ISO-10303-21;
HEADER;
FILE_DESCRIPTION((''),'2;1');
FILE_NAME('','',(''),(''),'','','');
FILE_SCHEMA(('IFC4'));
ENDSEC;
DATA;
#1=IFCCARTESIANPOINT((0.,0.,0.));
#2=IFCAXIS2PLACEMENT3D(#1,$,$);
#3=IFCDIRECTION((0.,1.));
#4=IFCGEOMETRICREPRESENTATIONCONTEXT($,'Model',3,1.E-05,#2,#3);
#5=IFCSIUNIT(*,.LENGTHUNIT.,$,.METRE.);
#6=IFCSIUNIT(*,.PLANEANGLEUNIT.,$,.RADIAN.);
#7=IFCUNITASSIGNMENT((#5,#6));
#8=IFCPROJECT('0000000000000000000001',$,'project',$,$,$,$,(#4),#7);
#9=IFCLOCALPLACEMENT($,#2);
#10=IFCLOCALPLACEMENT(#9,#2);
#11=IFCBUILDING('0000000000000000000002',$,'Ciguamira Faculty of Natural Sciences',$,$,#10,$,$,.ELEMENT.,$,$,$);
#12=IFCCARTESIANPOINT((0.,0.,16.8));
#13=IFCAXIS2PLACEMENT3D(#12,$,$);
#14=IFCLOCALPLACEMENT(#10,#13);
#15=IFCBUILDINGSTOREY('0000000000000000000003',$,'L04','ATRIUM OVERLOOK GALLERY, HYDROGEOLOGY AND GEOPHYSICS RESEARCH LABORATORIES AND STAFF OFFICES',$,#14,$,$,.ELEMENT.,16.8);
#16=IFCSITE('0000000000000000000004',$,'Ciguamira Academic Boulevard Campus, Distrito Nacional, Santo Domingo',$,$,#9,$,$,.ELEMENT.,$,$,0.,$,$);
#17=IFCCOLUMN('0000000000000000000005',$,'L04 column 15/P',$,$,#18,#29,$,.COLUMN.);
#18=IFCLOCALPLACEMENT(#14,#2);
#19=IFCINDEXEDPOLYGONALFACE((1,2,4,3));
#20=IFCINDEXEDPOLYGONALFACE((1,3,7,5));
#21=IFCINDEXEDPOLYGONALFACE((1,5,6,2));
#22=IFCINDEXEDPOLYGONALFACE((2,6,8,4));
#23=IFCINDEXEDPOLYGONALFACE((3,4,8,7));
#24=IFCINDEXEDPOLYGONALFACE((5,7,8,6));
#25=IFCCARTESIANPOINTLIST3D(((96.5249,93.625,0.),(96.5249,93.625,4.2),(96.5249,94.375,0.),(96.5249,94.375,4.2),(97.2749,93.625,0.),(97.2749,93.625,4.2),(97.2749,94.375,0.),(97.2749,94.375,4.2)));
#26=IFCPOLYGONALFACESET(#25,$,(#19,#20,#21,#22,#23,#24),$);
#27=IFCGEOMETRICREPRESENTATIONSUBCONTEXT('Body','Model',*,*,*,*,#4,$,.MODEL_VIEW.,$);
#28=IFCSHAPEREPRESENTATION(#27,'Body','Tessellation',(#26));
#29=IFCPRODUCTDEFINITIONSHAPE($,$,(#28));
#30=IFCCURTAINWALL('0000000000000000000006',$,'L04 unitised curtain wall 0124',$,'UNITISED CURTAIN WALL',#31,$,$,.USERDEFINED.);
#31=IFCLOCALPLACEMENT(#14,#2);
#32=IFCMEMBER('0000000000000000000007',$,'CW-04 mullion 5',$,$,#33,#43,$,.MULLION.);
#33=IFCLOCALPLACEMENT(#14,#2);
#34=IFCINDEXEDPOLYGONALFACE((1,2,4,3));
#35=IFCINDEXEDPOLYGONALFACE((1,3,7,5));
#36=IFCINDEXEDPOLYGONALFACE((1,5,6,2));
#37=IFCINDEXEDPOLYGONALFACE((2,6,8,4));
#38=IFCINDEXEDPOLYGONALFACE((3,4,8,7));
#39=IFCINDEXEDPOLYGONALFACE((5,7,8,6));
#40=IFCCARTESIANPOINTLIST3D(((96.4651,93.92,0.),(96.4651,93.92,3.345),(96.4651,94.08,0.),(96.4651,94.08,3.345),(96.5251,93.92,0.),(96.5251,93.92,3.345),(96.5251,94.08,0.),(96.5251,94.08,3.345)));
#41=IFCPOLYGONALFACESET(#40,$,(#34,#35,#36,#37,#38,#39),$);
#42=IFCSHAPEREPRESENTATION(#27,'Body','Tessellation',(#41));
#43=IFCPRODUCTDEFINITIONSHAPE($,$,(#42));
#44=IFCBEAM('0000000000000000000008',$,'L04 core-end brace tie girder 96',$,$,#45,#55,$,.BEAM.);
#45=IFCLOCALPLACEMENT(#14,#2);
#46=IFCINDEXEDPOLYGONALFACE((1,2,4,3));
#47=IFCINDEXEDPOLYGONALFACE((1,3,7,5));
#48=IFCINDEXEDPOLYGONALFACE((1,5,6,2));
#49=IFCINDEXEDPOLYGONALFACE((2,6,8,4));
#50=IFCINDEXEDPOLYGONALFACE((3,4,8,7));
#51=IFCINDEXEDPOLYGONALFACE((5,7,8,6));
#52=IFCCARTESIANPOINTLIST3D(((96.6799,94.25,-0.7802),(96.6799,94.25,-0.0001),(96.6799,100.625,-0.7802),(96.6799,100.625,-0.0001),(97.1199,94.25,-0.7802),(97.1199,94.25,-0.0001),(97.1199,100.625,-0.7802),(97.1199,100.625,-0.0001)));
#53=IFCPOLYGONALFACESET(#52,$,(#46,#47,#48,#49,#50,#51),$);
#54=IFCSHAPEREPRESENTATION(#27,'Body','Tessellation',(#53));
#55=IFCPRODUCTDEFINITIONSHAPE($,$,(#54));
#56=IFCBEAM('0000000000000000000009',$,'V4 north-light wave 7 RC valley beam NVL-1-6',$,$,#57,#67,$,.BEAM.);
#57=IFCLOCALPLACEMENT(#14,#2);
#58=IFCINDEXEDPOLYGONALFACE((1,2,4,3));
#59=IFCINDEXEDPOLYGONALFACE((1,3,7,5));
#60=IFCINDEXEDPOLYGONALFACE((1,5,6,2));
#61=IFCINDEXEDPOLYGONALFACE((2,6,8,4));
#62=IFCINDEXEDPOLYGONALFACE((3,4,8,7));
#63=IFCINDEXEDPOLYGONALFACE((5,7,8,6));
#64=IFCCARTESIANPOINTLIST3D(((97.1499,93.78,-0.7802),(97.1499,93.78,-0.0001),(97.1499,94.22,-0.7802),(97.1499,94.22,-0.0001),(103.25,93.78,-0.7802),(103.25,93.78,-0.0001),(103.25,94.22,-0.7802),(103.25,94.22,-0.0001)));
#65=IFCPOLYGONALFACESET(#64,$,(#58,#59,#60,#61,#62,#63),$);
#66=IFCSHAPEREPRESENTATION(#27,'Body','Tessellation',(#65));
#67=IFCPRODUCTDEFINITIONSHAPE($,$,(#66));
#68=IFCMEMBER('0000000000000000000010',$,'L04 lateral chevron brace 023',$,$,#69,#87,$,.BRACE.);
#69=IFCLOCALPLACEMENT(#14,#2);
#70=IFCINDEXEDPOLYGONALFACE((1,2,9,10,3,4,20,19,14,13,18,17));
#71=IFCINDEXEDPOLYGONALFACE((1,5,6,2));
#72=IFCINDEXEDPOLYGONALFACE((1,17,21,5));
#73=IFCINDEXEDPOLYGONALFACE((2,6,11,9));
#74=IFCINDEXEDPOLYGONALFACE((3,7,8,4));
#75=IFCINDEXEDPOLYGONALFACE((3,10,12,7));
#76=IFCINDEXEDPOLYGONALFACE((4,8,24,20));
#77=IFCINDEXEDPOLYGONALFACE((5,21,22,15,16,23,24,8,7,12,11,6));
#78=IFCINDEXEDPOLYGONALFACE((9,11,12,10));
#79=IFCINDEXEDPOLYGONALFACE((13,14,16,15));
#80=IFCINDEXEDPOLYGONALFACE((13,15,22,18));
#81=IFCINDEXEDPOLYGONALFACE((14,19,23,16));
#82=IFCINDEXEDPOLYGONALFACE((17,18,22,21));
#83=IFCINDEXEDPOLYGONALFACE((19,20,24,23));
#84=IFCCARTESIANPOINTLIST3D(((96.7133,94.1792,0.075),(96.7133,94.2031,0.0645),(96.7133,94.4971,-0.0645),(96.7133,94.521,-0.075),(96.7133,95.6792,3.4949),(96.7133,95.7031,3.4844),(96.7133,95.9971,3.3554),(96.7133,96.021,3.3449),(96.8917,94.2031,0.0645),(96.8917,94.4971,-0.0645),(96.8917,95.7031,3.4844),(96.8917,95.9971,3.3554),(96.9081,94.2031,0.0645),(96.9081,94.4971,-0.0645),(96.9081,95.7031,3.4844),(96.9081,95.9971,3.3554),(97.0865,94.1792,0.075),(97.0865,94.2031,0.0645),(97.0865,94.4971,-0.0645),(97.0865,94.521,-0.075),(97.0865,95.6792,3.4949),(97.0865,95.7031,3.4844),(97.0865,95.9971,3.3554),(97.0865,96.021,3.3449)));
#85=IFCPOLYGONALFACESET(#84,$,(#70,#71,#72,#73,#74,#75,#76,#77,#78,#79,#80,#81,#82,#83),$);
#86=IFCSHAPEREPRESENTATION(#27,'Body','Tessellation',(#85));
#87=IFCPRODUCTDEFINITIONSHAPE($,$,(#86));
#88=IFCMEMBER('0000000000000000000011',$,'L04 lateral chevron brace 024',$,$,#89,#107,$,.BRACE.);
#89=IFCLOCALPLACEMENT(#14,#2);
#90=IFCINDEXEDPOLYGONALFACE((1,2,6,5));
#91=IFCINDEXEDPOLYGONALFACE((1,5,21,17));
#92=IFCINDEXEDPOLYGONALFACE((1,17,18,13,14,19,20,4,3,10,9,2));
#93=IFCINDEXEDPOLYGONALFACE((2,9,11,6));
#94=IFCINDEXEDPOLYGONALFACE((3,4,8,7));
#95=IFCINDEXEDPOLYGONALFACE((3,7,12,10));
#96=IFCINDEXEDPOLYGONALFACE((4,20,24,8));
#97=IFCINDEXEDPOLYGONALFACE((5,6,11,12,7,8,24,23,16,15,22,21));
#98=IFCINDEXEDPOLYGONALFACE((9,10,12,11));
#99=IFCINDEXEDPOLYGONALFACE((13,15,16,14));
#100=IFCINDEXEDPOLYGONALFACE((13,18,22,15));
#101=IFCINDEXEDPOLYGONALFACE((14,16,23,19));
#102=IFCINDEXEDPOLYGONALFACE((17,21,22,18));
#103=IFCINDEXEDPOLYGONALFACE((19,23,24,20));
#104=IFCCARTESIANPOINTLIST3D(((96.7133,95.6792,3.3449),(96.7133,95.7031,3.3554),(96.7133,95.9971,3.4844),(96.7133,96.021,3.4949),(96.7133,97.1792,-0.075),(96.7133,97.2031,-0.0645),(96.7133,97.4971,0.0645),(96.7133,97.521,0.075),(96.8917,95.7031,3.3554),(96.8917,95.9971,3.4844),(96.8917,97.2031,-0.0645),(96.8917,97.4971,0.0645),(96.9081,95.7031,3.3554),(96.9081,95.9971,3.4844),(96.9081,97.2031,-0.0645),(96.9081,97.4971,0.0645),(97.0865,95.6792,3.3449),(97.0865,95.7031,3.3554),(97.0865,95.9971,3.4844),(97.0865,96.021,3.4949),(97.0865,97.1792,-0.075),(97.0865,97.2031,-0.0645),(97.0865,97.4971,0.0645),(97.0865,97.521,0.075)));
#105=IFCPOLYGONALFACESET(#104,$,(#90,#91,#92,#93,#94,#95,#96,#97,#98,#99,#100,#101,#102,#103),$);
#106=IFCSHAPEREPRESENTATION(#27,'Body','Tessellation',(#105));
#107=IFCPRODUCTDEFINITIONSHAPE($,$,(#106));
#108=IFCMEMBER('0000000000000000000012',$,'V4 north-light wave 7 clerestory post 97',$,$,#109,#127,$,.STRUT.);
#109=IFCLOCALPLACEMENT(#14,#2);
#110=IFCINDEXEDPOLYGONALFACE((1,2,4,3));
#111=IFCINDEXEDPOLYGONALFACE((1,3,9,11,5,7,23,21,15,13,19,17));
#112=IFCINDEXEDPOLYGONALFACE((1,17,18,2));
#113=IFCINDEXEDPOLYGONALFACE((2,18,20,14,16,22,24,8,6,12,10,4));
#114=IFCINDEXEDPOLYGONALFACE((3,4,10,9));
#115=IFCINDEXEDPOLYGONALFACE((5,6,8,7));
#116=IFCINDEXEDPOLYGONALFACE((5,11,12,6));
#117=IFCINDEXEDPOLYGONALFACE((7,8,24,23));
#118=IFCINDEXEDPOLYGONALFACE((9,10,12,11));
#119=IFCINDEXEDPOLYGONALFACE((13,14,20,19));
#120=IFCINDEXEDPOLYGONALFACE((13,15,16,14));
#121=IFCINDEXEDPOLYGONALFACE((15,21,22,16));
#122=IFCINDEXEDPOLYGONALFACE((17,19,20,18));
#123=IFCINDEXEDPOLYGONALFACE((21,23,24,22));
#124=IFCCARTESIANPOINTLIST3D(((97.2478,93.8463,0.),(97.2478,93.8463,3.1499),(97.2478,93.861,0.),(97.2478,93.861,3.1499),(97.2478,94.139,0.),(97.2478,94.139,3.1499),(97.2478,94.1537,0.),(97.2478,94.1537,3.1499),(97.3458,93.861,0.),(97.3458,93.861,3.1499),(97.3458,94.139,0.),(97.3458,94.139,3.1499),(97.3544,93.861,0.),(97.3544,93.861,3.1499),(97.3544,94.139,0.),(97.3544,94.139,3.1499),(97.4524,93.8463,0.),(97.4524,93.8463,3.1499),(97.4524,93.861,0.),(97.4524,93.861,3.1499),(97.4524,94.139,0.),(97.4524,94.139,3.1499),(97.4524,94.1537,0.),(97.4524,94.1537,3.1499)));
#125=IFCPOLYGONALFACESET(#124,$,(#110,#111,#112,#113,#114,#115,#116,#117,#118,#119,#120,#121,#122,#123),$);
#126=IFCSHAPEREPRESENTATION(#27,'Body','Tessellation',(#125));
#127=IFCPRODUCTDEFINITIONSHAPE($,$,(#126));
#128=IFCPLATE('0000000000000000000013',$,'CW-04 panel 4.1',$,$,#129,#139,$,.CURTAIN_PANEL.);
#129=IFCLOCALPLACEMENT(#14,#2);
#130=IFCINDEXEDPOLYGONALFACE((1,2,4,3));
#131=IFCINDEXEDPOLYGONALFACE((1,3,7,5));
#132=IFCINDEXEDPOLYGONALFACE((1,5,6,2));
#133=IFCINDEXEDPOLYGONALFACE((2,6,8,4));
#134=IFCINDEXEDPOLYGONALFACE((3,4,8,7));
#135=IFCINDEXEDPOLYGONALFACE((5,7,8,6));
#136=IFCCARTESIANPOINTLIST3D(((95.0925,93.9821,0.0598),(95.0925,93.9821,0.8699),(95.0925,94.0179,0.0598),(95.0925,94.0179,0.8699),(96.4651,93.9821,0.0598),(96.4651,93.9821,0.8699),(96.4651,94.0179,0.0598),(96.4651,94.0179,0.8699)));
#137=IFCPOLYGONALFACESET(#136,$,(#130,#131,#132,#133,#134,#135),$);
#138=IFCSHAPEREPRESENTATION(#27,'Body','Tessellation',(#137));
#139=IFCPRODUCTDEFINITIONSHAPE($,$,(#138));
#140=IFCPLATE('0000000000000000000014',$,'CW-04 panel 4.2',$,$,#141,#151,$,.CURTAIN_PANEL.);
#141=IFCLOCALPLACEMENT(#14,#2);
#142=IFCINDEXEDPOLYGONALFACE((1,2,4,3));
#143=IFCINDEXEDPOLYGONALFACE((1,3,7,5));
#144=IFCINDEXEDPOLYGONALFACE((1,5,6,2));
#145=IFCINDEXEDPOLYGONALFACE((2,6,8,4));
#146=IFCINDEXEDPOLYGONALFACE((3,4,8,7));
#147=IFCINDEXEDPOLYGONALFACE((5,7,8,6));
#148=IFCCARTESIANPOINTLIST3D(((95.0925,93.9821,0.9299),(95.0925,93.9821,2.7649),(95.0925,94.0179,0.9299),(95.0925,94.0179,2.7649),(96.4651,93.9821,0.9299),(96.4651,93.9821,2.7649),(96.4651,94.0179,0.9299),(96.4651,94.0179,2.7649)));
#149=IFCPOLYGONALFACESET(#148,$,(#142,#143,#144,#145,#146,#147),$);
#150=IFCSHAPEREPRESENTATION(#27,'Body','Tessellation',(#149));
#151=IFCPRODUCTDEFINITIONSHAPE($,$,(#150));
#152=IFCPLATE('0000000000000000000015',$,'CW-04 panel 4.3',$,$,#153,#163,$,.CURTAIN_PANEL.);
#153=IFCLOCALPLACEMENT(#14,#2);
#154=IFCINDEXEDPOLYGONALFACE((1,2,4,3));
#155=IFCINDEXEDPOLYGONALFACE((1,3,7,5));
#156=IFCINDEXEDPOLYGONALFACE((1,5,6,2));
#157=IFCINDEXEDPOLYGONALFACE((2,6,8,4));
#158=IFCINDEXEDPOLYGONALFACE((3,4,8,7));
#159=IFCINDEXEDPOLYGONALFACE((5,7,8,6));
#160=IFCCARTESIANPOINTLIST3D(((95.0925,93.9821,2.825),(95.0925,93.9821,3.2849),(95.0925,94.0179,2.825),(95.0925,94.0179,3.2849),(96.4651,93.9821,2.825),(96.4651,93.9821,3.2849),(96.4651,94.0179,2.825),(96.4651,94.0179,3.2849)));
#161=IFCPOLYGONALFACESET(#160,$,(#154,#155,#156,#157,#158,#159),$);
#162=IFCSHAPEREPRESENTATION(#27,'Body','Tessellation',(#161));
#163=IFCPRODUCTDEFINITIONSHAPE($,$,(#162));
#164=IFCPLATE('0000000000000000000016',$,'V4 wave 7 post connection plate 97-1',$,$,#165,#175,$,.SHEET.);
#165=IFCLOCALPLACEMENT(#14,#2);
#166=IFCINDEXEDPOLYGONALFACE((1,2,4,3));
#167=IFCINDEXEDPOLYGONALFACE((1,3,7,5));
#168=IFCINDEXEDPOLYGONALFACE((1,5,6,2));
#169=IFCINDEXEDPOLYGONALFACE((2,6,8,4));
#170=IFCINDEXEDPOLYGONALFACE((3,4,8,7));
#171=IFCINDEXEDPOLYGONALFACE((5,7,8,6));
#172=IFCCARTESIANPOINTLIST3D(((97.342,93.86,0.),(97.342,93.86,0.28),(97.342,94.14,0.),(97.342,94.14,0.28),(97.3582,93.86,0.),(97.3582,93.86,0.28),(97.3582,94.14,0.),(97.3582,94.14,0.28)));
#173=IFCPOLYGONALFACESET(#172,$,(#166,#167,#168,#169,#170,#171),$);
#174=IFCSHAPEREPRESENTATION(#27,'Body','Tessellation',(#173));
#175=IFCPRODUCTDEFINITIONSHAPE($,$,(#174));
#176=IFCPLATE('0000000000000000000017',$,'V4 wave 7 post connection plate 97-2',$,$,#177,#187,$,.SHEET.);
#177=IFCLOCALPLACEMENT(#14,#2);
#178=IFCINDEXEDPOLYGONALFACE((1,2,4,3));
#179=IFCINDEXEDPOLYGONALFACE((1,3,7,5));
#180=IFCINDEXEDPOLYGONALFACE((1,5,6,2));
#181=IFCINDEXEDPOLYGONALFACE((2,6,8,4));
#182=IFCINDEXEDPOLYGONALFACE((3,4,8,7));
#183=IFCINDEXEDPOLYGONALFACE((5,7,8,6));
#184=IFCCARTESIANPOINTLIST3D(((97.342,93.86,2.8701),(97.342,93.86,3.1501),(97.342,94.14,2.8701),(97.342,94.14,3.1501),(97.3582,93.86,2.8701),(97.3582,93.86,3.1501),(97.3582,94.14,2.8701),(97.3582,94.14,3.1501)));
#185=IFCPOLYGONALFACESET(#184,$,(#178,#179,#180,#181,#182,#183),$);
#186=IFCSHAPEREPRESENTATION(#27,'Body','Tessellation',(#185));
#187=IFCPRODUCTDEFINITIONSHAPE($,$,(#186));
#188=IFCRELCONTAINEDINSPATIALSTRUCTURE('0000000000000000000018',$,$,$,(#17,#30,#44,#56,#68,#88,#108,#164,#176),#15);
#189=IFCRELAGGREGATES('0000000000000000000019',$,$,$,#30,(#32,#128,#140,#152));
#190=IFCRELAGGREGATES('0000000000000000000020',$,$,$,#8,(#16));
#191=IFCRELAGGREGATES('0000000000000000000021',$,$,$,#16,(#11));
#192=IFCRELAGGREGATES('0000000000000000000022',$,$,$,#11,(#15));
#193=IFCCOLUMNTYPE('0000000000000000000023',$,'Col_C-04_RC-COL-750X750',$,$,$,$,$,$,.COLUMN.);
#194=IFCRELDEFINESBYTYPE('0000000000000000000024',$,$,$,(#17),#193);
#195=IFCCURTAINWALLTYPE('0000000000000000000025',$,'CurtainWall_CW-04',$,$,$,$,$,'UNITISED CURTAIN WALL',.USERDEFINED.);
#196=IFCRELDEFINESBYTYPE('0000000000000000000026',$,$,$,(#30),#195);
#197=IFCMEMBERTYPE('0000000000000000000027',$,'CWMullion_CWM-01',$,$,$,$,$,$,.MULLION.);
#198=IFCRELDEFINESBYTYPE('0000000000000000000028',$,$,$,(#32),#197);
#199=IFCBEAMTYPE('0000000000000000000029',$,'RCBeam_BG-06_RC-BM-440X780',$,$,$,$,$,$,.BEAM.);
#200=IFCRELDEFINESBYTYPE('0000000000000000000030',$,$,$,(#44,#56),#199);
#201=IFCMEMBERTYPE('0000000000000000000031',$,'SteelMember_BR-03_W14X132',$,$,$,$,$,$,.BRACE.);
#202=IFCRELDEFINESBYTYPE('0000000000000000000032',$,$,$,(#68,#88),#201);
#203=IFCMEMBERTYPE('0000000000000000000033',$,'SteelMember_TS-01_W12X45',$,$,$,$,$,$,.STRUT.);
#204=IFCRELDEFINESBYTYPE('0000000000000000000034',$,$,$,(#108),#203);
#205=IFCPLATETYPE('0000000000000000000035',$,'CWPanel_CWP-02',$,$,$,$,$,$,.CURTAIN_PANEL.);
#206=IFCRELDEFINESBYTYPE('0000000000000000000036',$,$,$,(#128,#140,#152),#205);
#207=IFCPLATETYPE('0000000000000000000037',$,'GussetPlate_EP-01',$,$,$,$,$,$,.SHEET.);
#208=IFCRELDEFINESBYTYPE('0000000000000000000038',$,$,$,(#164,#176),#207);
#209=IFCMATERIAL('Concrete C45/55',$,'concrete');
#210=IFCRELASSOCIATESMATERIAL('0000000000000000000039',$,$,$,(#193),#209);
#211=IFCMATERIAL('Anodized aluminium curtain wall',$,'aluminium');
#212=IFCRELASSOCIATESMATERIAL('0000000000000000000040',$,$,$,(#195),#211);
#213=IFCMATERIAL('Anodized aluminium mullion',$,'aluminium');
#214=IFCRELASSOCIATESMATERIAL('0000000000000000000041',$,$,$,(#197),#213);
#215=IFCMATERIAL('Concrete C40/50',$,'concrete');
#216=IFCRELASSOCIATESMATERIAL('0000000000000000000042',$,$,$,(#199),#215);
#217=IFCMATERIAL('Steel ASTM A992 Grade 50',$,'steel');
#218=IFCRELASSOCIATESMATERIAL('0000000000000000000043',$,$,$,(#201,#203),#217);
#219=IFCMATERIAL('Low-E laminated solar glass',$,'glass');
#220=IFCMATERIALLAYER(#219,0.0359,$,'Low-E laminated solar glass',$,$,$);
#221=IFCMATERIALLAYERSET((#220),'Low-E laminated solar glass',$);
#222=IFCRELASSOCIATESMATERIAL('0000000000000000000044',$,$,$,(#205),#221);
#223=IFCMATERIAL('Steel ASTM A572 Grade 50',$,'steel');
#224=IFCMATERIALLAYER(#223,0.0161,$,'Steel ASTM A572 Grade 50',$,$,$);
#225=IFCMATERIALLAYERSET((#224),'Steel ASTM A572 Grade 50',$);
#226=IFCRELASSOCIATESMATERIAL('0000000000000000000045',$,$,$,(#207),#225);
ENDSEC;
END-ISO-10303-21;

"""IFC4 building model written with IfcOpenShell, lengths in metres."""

from ifc_helpers import new_model, si_unit, direction, frame, origin, origin_2d, place, context, subcontext, project, spatial, rectangle, i_section, extrude, material, layer, layer_set, material_profile, profile_set, type_object, element, aggregate, save


model = new_model("IFC4")

# Units and contexts
model_context = context("Model", 3, precision=1e-05, world=origin(), true_north=direction((0.0, 1.0)))
body_context = subcontext(model_context, "Body", "Model", "MODEL_VIEW")
ifc_project = project(units=[si_unit("LENGTHUNIT", "METRE"), si_unit("PLANEANGLEUNIT", "RADIAN")], contexts=[model_context])

# Site, building, storey
site_placement = place(None, origin())
site = spatial("IfcSite", under=ifc_project, at=site_placement, Name="Ciguamira Academic Boulevard Campus, Distrito Nacional, Santo Domingo", CompositionType="ELEMENT", RefElevation=0.0)
building_placement = place(site_placement, origin())
building = spatial("IfcBuilding", under=site, at=building_placement, Name="Ciguamira Faculty of Natural Sciences", CompositionType="ELEMENT")
storey_placement = place(building_placement, frame((0.0, 0.0, 16.8)))
storey = spatial("IfcBuildingStorey", under=building, at=storey_placement, Name="L04", Description="ATRIUM OVERLOOK GALLERY, HYDROGEOLOGY AND GEOPHYSICS RESEARCH LABORATORIES AND STAFF OFFICES", CompositionType="ELEMENT", Elevation=16.8)

# Column
ifc_material_1 = material(Name="Concrete C45/55", Category="concrete")
ifc_material_profile_1 = material_profile(ifc_material_1, rectangle(XDim=0.75, YDim=0.75, at=origin_2d()), Name="RC-COL-750X750")
ifc_profile_set_1 = profile_set([ifc_material_profile_1], Name="Concrete C45/55")
column_type = type_object("IfcColumnType", Name="Col_C-04_RC-COL-750X750", PredefinedType="COLUMN", material=ifc_profile_set_1)
column_placement = place(storey_placement, frame((96.8999, 94.0, 0.0), z_axis=(0.0, 0.0, 1.0), x_axis=(1.0, 0.0, 0.0)))
element("IfcColumn", 1, at=column_placement, inside=storey, type_object=column_type, Name="L04 column 15/P", PredefinedType="COLUMN", context=body_context, shape_type="SweptSolid", body=[
    extrude(rectangle(XDim=0.75, YDim=0.75, at=origin_2d()), origin(), (0.0, 0.0, 1.0), 4.2),
])

# Curtain wall, member
ifc_material_2 = material(Name="Anodized aluminium curtain wall", Category="aluminium")
curtain_wall_type = type_object("IfcCurtainWallType", Name="CurtainWall_CW-04", ElementType="UNITISED CURTAIN WALL", PredefinedType="USERDEFINED", material=ifc_material_2)
curtain_wall_placement = place(storey_placement, origin())
curtain_wall = element("IfcCurtainWall", 2, at=curtain_wall_placement, inside=storey, type_object=curtain_wall_type, Name="L04 unitised curtain wall 0124", ObjectType="UNITISED CURTAIN WALL", PredefinedType="USERDEFINED")
ifc_material_3 = material(Name="Anodized aluminium mullion", Category="aluminium")
ifc_material_profile_2 = material_profile(ifc_material_3, rectangle(XDim=0.0601, YDim=0.1599, at=origin_2d()), Name="ALU-MUL-60X160")
ifc_profile_set_2 = profile_set([ifc_material_profile_2], Name="Anodized aluminium mullion")
member_type_1 = type_object("IfcMemberType", Name="CWMullion_CWM-01", PredefinedType="MULLION", material=ifc_profile_set_2)
member_1_placement = place(storey_placement, frame((96.4951, 94.0, 0.0), z_axis=(0.0, 0.0, 1.0), x_axis=(1.0, 0.0, 0.0)))
member_1 = element("IfcMember", 3, at=member_1_placement, type_object=member_type_1, Name="CW-04 mullion 5", PredefinedType="MULLION", context=body_context, shape_type="SweptSolid", body=[
    extrude(rectangle(XDim=0.0601, YDim=0.1599, at=origin_2d()), origin(), (0.0, 0.0, 1.0), 3.345),
])

# Beams
ifc_material_4 = material(Name="Concrete C40/50", Category="concrete")
ifc_material_profile_3 = material_profile(ifc_material_4, rectangle(XDim=0.4399, YDim=0.78, at=origin_2d()), Name="RC-BM-440X780")
ifc_profile_set_3 = profile_set([ifc_material_profile_3], Name="Concrete C40/50")
beam_type = type_object("IfcBeamType", Name="RCBeam_BG-06_RC-BM-440X780", PredefinedType="BEAM", material=ifc_profile_set_3)
beam_1_placement = place(storey_placement, frame((96.8999, 94.25, -0.3901), z_axis=(0.0, 1.0, 0.0), x_axis=(-1.0, 0.0, 0.0)))
element("IfcBeam", 4, at=beam_1_placement, inside=storey, type_object=beam_type, Name="L04 core-end brace tie girder 96", PredefinedType="BEAM", context=body_context, shape_type="SweptSolid", body=[
    extrude(rectangle(XDim=0.4399, YDim=0.78, at=origin_2d()), origin(), (0.0, 0.0, 1.0), 6.375),
])
beam_2_placement = place(storey_placement, frame((97.1499, 94.0, -0.3901), z_axis=(1.0, 0.0, 0.0), x_axis=(0.0, 1.0, 0.0)))
element("IfcBeam", 5, at=beam_2_placement, inside=storey, type_object=beam_type, Name="V4 north-light wave 7 RC valley beam NVL-1-6", PredefinedType="BEAM", context=body_context, shape_type="SweptSolid", body=[
    extrude(rectangle(XDim=0.4399, YDim=0.78, at=origin_2d()), origin(), (0.0, 0.0, 1.0), 6.1001),
])

# Members
ifc_material_5 = material(Name="Steel ASTM A992 Grade 50", Category="steel")
ifc_material_profile_4 = material_profile(ifc_material_5, i_section(OverallWidth=0.3733, OverallDepth=0.3733, WebThickness=0.0164, FlangeThickness=0.0261, at=origin_2d()), Name="W14X132")
ifc_profile_set_4 = profile_set([ifc_material_profile_4], Name="Steel ASTM A992 Grade 50")
member_type_2 = type_object("IfcMemberType", Name="SteelMember_BR-03_W14X132", PredefinedType="BRACE", material=ifc_profile_set_4)
for number, where, z_axis, x_axis, name in (
    (6, (96.8999, 94.3501, 0.0), (0.0, 0.401669, 0.915785), (-1.0, 0.0, 0.0), "L04 lateral chevron brace 023"),
    (7, (96.8999, 97.3501, 0.0), (0.0, -0.401669, 0.915785), (1.0, 0.0, 0.0), "L04 lateral chevron brace 024"),
):
    element("IfcMember", number, at=place(storey_placement, frame(where, z_axis=z_axis, x_axis=x_axis)), inside=storey, type_object=member_type_2, Name=name, PredefinedType="BRACE", context=body_context, shape_type="SweptSolid", body=[
        extrude(i_section(OverallWidth=0.3733, OverallDepth=0.3733, WebThickness=0.0164, FlangeThickness=0.0261, at=origin_2d()), origin(), (0.0, 0.0, 1.0), 3.7344),
    ])
ifc_material_profile_5 = material_profile(ifc_material_5, i_section(OverallWidth=0.2046, OverallDepth=0.3074, WebThickness=0.0085, FlangeThickness=0.0146, at=origin_2d()), Name="W12X45")
ifc_profile_set_5 = profile_set([ifc_material_profile_5], Name="Steel ASTM A992 Grade 50")
member_type_3 = type_object("IfcMemberType", Name="SteelMember_TS-01_W12X45", PredefinedType="STRUT", material=ifc_profile_set_5)
member_2_placement = place(storey_placement, frame((97.3501, 94.0, 0.0), z_axis=(0.0, 0.0, 1.0), x_axis=(1.0, 0.0, 0.0)))
element("IfcMember", 8, at=member_2_placement, inside=storey, type_object=member_type_3, Name="V4 north-light wave 7 clerestory post 97", PredefinedType="STRUT", context=body_context, shape_type="SweptSolid", body=[
    extrude(i_section(OverallWidth=0.2046, OverallDepth=0.3074, WebThickness=0.0085, FlangeThickness=0.0146, at=origin_2d()), origin(), (0.0, 0.0, 1.0), 3.1499),
])

# Plates
ifc_material_6 = material(Name="Low-E laminated solar glass", Category="glass")
ifc_layer_1 = layer(ifc_material_6, 0.0359, Name="Low-E laminated solar glass")
ifc_layer_set_1 = layer_set([ifc_layer_1], Name="Low-E laminated solar glass")
plate_type_1 = type_object("IfcPlateType", Name="CWPanel_CWP-02", PredefinedType="CURTAIN_PANEL", material=ifc_layer_set_1)
plate_1_placement = place(storey_placement, frame((95.7788, 94.0, 0.0598), z_axis=(0.0, 0.0, 1.0), x_axis=(1.0, 0.0, 0.0)))
plate_1 = element("IfcPlate", 9, at=plate_1_placement, type_object=plate_type_1, Name="CW-04 panel 4.1", PredefinedType="CURTAIN_PANEL", context=body_context, shape_type="SweptSolid", body=[
    extrude(rectangle(XDim=1.3726, YDim=0.0359, at=origin_2d()), origin(), (0.0, 0.0, 1.0), 0.8101),
])
plate_2_placement = place(storey_placement, frame((95.7788, 94.0, 0.9299), z_axis=(0.0, 0.0, 1.0), x_axis=(1.0, 0.0, 0.0)))
plate_2 = element("IfcPlate", 10, at=plate_2_placement, type_object=plate_type_1, Name="CW-04 panel 4.2", PredefinedType="CURTAIN_PANEL", context=body_context, shape_type="SweptSolid", body=[
    extrude(rectangle(XDim=1.3726, YDim=0.0359, at=origin_2d()), origin(), (0.0, 0.0, 1.0), 1.835),
])
plate_3_placement = place(storey_placement, frame((95.7788, 94.0, 2.825), z_axis=(0.0, 0.0, 1.0), x_axis=(1.0, 0.0, 0.0)))
plate_3 = element("IfcPlate", 11, at=plate_3_placement, type_object=plate_type_1, Name="CW-04 panel 4.3", PredefinedType="CURTAIN_PANEL", context=body_context, shape_type="SweptSolid", body=[
    extrude(rectangle(XDim=1.3726, YDim=0.0359, at=origin_2d()), origin(), (0.0, 0.0, 1.0), 0.46),
])
aggregate(curtain_wall, [member_1, plate_1, plate_2, plate_3])

# Plates
ifc_material_7 = material(Name="Steel ASTM A572 Grade 50", Category="steel")
ifc_layer_2 = layer(ifc_material_7, 0.0161, Name="Steel ASTM A572 Grade 50")
ifc_layer_set_2 = layer_set([ifc_layer_2], Name="Steel ASTM A572 Grade 50")
plate_type_2 = type_object("IfcPlateType", Name="GussetPlate_EP-01", PredefinedType="SHEET", material=ifc_layer_set_2)
for number, where, z_axis, x_axis, name in (
    (12, (97.3501, 94.0, 0.0), (0.0, 0.0, 1.0), (1.0, 0.0, 0.0), "V4 wave 7 post connection plate 97-1"),
    (13, (97.3501, 94.0, 2.8701), (0.0, 0.0, 1.0), (1.0, 0.0, 0.0), "V4 wave 7 post connection plate 97-2"),
):
    element("IfcPlate", number, at=place(storey_placement, frame(where, z_axis=z_axis, x_axis=x_axis)), inside=storey, type_object=plate_type_2, Name=name, PredefinedType="SHEET", context=body_context, shape_type="SweptSolid", body=[
        extrude(rectangle(XDim=0.0161, YDim=0.28, at=origin_2d()), origin(), (0.0, 0.0, 1.0), 0.28),
    ])

save(model, "model.ifc")
